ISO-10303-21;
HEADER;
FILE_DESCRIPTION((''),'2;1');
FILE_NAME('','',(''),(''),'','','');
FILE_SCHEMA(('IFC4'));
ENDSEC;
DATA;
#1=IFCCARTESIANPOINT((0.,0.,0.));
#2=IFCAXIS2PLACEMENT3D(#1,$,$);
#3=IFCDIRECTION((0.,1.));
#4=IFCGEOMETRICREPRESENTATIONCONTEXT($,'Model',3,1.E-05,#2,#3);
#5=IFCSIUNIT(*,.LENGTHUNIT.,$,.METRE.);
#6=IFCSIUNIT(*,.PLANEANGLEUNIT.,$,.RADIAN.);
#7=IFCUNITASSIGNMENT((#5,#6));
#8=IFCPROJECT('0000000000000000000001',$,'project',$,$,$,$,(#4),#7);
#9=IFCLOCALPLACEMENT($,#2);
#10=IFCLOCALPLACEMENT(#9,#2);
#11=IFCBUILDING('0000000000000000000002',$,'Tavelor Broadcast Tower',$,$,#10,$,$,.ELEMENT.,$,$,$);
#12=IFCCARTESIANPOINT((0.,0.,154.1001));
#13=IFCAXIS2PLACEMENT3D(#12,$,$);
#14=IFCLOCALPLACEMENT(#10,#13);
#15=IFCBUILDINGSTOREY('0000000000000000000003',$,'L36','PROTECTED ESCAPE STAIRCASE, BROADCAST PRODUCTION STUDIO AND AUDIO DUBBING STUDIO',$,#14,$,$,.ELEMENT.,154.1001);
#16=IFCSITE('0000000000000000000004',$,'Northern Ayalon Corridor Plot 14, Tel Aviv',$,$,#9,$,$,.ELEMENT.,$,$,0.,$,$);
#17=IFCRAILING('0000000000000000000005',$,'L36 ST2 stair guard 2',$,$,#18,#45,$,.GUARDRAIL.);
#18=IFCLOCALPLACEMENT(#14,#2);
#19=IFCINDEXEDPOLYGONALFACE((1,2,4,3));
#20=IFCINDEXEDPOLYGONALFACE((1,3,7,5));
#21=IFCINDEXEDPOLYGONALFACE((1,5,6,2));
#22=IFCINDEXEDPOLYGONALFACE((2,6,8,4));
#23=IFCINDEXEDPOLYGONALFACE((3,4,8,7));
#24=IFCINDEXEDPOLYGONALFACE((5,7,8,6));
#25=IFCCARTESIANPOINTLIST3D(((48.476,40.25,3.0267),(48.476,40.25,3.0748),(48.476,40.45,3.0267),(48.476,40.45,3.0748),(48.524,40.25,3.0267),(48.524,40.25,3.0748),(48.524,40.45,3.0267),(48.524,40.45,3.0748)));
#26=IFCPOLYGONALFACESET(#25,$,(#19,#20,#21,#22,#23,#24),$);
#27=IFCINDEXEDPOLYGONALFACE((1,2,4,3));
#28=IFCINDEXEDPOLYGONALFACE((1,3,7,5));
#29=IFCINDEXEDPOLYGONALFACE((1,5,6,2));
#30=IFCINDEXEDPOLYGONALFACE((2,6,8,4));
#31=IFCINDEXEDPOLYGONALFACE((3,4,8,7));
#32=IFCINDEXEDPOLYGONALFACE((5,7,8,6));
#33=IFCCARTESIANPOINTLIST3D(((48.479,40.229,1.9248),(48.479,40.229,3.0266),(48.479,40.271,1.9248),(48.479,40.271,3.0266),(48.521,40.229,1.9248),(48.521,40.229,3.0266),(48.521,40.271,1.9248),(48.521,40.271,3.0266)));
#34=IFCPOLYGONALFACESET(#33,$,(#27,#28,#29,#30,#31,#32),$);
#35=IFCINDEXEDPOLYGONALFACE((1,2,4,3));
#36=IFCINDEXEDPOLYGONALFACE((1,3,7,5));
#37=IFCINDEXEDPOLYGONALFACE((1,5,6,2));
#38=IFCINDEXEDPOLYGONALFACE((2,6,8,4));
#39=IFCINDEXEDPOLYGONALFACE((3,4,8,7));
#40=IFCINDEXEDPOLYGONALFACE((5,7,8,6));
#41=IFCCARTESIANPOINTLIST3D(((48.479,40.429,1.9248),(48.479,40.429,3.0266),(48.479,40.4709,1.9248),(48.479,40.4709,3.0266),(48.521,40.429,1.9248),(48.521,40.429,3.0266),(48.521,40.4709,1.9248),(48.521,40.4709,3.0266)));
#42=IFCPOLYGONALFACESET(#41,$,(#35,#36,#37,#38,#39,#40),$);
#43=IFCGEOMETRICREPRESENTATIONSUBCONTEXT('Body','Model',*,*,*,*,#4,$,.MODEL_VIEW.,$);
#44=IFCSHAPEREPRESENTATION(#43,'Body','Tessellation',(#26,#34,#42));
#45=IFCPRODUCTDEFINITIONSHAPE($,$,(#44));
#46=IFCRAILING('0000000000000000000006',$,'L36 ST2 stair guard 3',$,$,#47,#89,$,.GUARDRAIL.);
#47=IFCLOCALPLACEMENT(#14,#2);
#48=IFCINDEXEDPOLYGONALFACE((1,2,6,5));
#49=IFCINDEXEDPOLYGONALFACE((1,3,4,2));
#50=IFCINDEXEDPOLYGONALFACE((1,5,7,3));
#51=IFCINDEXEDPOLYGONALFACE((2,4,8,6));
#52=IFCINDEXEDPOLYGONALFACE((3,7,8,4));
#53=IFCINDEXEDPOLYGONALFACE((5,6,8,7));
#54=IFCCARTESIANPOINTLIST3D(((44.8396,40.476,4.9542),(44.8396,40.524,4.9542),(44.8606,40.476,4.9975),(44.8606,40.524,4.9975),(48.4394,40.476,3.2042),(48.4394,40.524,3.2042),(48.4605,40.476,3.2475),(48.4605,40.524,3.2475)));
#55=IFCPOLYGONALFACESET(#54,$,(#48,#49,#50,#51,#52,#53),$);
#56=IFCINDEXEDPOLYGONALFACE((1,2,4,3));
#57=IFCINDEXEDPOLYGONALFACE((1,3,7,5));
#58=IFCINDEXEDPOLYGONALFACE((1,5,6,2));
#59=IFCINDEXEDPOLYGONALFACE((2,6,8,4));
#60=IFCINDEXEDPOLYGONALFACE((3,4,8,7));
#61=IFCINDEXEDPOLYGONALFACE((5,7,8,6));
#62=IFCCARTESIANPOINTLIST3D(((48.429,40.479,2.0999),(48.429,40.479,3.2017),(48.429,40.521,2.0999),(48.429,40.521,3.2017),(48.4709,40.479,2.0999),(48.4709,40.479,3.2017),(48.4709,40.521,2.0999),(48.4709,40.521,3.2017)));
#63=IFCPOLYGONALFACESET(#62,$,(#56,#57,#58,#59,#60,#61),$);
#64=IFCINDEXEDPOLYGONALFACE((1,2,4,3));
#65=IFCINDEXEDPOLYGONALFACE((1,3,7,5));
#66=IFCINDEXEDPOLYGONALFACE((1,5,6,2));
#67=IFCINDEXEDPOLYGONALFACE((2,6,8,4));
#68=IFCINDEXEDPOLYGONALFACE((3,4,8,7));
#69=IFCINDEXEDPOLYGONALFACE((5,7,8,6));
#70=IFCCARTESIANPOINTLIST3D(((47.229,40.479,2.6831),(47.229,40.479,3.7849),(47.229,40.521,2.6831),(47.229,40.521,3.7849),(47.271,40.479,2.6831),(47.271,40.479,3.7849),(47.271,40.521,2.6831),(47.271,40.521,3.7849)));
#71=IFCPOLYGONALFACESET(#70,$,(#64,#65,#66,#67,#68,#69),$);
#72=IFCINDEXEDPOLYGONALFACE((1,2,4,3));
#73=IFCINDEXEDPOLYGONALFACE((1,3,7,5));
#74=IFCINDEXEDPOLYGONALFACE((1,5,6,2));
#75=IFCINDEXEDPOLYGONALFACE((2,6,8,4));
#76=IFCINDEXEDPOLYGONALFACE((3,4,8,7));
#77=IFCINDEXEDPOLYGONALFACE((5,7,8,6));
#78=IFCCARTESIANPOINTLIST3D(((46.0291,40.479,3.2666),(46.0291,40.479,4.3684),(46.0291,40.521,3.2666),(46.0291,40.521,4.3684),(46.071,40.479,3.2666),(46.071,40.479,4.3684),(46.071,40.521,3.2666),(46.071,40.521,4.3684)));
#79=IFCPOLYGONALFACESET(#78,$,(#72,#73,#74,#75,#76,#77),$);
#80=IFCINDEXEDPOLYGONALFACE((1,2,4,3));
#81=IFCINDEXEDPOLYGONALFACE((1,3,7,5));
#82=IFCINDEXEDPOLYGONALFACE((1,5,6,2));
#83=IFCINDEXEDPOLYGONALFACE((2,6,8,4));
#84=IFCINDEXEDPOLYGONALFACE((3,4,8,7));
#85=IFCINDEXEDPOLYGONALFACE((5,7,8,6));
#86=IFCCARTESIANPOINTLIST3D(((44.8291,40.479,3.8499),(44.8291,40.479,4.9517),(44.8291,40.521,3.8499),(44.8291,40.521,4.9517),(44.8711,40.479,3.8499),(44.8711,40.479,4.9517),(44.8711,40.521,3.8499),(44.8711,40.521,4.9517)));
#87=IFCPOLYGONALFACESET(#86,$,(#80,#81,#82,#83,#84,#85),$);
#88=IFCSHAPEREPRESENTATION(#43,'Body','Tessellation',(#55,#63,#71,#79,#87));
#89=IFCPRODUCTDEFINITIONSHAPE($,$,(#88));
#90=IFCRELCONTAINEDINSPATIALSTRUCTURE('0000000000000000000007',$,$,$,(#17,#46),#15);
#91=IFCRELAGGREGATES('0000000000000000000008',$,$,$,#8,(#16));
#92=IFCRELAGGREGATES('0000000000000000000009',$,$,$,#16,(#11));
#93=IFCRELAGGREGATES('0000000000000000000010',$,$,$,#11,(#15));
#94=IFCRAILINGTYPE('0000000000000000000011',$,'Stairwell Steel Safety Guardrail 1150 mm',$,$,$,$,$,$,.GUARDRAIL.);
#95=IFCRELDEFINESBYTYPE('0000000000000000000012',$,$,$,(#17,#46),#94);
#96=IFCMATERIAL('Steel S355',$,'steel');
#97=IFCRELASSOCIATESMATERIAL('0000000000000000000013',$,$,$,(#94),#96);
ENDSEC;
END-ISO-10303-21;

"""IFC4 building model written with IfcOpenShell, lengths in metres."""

from ifc_helpers import new_model, si_unit, direction, frame, origin, origin_2d, place, context, subcontext, project, spatial, rectangle, extrude, material, type_object, element, save


model = new_model("IFC4")

# Units and contexts
model_context = context("Model", 3, precision=1e-05, world=origin(), true_north=direction((0.0, 1.0)))
body_context = subcontext(model_context, "Body", "Model", "MODEL_VIEW")
ifc_project = project(units=[si_unit("LENGTHUNIT", "METRE"), si_unit("PLANEANGLEUNIT", "RADIAN")], contexts=[model_context])

# Site, building, storey
site_placement = place(None, origin())
site = spatial("IfcSite", under=ifc_project, at=site_placement, Name="Northern Ayalon Corridor Plot 14, Tel Aviv", CompositionType="ELEMENT", RefElevation=0.0)
building_placement = place(site_placement, origin())
building = spatial("IfcBuilding", under=site, at=building_placement, Name="Tavelor Broadcast Tower", CompositionType="ELEMENT")
storey_placement = place(building_placement, frame((0.0, 0.0, 154.1001)))
storey = spatial("IfcBuildingStorey", under=building, at=storey_placement, Name="L36", Description="PROTECTED ESCAPE STAIRCASE, BROADCAST PRODUCTION STUDIO AND AUDIO DUBBING STUDIO", CompositionType="ELEMENT", Elevation=154.1001)

# Shared definitions
ifc_material_1 = material(Name="Steel S355", Category="steel")

# Railings
railing_type_1 = type_object("IfcRailingType", Name="Stairwell Steel Safety Guardrail 1150 mm", PredefinedType="GUARDRAIL", material=ifc_material_1)
railing_1_placement = place(storey_placement, frame((48.5, 40.25, 1.9248)))
element("IfcRailing", 1, at=railing_1_placement, inside=storey, type_object=railing_type_1, Name="L36 ST2 stair guard 2", PredefinedType="GUARDRAIL", context=body_context, shape_type="SweptSolid", body=[
    extrude(rectangle(XDim=0.0481, YDim=0.0481, at=origin_2d()), frame((0.0, 0.0, 1.126), z_axis=(0.0, 1.0, 0.0), x_axis=(-1.0, 0.0, 0.0)), (0.0, 0.0, 1.0), 0.2),
    extrude(rectangle(XDim=0.042, YDim=0.042, at=origin_2d()), origin(), (0.0, 0.0, 1.0), 1.1018),
    extrude(rectangle(XDim=0.042, YDim=0.042, at=origin_2d()), frame((0.0, 0.2, 0.0)), (0.0, 0.0, 1.0), 1.1018),
])
railing_2_placement = place(storey_placement, frame((48.45, 40.5, 2.0999)))
element("IfcRailing", 2, at=railing_2_placement, inside=storey, type_object=railing_type_1, Name="L36 ST2 stair guard 3", PredefinedType="GUARDRAIL", context=body_context, shape_type="SweptSolid", body=[
    extrude(rectangle(XDim=0.0481, YDim=0.0481, at=origin_2d()), frame((0.0, 0.0, 1.126), z_axis=(-0.899361, 0.0, 0.437207), x_axis=(0.0, -1.0, 0.0)), (0.0, 0.0, 1.0), 4.0027),
    extrude(rectangle(XDim=0.042, YDim=0.042, at=origin_2d()), origin(), (0.0, 0.0, 1.0), 1.1018),
    extrude(rectangle(XDim=0.042, YDim=0.042, at=origin_2d()), frame((-1.2, 0.0, 0.5833)), (0.0, 0.0, 1.0), 1.1018),
    extrude(rectangle(XDim=0.042, YDim=0.042, at=origin_2d()), frame((-2.3999, 0.0, 1.1667)), (0.0, 0.0, 1.0), 1.1018),
    extrude(rectangle(XDim=0.042, YDim=0.042, at=origin_2d()), frame((-3.5999, 0.0, 1.75)), (0.0, 0.0, 1.0), 1.1018),
])

save(model, "model.ifc")
